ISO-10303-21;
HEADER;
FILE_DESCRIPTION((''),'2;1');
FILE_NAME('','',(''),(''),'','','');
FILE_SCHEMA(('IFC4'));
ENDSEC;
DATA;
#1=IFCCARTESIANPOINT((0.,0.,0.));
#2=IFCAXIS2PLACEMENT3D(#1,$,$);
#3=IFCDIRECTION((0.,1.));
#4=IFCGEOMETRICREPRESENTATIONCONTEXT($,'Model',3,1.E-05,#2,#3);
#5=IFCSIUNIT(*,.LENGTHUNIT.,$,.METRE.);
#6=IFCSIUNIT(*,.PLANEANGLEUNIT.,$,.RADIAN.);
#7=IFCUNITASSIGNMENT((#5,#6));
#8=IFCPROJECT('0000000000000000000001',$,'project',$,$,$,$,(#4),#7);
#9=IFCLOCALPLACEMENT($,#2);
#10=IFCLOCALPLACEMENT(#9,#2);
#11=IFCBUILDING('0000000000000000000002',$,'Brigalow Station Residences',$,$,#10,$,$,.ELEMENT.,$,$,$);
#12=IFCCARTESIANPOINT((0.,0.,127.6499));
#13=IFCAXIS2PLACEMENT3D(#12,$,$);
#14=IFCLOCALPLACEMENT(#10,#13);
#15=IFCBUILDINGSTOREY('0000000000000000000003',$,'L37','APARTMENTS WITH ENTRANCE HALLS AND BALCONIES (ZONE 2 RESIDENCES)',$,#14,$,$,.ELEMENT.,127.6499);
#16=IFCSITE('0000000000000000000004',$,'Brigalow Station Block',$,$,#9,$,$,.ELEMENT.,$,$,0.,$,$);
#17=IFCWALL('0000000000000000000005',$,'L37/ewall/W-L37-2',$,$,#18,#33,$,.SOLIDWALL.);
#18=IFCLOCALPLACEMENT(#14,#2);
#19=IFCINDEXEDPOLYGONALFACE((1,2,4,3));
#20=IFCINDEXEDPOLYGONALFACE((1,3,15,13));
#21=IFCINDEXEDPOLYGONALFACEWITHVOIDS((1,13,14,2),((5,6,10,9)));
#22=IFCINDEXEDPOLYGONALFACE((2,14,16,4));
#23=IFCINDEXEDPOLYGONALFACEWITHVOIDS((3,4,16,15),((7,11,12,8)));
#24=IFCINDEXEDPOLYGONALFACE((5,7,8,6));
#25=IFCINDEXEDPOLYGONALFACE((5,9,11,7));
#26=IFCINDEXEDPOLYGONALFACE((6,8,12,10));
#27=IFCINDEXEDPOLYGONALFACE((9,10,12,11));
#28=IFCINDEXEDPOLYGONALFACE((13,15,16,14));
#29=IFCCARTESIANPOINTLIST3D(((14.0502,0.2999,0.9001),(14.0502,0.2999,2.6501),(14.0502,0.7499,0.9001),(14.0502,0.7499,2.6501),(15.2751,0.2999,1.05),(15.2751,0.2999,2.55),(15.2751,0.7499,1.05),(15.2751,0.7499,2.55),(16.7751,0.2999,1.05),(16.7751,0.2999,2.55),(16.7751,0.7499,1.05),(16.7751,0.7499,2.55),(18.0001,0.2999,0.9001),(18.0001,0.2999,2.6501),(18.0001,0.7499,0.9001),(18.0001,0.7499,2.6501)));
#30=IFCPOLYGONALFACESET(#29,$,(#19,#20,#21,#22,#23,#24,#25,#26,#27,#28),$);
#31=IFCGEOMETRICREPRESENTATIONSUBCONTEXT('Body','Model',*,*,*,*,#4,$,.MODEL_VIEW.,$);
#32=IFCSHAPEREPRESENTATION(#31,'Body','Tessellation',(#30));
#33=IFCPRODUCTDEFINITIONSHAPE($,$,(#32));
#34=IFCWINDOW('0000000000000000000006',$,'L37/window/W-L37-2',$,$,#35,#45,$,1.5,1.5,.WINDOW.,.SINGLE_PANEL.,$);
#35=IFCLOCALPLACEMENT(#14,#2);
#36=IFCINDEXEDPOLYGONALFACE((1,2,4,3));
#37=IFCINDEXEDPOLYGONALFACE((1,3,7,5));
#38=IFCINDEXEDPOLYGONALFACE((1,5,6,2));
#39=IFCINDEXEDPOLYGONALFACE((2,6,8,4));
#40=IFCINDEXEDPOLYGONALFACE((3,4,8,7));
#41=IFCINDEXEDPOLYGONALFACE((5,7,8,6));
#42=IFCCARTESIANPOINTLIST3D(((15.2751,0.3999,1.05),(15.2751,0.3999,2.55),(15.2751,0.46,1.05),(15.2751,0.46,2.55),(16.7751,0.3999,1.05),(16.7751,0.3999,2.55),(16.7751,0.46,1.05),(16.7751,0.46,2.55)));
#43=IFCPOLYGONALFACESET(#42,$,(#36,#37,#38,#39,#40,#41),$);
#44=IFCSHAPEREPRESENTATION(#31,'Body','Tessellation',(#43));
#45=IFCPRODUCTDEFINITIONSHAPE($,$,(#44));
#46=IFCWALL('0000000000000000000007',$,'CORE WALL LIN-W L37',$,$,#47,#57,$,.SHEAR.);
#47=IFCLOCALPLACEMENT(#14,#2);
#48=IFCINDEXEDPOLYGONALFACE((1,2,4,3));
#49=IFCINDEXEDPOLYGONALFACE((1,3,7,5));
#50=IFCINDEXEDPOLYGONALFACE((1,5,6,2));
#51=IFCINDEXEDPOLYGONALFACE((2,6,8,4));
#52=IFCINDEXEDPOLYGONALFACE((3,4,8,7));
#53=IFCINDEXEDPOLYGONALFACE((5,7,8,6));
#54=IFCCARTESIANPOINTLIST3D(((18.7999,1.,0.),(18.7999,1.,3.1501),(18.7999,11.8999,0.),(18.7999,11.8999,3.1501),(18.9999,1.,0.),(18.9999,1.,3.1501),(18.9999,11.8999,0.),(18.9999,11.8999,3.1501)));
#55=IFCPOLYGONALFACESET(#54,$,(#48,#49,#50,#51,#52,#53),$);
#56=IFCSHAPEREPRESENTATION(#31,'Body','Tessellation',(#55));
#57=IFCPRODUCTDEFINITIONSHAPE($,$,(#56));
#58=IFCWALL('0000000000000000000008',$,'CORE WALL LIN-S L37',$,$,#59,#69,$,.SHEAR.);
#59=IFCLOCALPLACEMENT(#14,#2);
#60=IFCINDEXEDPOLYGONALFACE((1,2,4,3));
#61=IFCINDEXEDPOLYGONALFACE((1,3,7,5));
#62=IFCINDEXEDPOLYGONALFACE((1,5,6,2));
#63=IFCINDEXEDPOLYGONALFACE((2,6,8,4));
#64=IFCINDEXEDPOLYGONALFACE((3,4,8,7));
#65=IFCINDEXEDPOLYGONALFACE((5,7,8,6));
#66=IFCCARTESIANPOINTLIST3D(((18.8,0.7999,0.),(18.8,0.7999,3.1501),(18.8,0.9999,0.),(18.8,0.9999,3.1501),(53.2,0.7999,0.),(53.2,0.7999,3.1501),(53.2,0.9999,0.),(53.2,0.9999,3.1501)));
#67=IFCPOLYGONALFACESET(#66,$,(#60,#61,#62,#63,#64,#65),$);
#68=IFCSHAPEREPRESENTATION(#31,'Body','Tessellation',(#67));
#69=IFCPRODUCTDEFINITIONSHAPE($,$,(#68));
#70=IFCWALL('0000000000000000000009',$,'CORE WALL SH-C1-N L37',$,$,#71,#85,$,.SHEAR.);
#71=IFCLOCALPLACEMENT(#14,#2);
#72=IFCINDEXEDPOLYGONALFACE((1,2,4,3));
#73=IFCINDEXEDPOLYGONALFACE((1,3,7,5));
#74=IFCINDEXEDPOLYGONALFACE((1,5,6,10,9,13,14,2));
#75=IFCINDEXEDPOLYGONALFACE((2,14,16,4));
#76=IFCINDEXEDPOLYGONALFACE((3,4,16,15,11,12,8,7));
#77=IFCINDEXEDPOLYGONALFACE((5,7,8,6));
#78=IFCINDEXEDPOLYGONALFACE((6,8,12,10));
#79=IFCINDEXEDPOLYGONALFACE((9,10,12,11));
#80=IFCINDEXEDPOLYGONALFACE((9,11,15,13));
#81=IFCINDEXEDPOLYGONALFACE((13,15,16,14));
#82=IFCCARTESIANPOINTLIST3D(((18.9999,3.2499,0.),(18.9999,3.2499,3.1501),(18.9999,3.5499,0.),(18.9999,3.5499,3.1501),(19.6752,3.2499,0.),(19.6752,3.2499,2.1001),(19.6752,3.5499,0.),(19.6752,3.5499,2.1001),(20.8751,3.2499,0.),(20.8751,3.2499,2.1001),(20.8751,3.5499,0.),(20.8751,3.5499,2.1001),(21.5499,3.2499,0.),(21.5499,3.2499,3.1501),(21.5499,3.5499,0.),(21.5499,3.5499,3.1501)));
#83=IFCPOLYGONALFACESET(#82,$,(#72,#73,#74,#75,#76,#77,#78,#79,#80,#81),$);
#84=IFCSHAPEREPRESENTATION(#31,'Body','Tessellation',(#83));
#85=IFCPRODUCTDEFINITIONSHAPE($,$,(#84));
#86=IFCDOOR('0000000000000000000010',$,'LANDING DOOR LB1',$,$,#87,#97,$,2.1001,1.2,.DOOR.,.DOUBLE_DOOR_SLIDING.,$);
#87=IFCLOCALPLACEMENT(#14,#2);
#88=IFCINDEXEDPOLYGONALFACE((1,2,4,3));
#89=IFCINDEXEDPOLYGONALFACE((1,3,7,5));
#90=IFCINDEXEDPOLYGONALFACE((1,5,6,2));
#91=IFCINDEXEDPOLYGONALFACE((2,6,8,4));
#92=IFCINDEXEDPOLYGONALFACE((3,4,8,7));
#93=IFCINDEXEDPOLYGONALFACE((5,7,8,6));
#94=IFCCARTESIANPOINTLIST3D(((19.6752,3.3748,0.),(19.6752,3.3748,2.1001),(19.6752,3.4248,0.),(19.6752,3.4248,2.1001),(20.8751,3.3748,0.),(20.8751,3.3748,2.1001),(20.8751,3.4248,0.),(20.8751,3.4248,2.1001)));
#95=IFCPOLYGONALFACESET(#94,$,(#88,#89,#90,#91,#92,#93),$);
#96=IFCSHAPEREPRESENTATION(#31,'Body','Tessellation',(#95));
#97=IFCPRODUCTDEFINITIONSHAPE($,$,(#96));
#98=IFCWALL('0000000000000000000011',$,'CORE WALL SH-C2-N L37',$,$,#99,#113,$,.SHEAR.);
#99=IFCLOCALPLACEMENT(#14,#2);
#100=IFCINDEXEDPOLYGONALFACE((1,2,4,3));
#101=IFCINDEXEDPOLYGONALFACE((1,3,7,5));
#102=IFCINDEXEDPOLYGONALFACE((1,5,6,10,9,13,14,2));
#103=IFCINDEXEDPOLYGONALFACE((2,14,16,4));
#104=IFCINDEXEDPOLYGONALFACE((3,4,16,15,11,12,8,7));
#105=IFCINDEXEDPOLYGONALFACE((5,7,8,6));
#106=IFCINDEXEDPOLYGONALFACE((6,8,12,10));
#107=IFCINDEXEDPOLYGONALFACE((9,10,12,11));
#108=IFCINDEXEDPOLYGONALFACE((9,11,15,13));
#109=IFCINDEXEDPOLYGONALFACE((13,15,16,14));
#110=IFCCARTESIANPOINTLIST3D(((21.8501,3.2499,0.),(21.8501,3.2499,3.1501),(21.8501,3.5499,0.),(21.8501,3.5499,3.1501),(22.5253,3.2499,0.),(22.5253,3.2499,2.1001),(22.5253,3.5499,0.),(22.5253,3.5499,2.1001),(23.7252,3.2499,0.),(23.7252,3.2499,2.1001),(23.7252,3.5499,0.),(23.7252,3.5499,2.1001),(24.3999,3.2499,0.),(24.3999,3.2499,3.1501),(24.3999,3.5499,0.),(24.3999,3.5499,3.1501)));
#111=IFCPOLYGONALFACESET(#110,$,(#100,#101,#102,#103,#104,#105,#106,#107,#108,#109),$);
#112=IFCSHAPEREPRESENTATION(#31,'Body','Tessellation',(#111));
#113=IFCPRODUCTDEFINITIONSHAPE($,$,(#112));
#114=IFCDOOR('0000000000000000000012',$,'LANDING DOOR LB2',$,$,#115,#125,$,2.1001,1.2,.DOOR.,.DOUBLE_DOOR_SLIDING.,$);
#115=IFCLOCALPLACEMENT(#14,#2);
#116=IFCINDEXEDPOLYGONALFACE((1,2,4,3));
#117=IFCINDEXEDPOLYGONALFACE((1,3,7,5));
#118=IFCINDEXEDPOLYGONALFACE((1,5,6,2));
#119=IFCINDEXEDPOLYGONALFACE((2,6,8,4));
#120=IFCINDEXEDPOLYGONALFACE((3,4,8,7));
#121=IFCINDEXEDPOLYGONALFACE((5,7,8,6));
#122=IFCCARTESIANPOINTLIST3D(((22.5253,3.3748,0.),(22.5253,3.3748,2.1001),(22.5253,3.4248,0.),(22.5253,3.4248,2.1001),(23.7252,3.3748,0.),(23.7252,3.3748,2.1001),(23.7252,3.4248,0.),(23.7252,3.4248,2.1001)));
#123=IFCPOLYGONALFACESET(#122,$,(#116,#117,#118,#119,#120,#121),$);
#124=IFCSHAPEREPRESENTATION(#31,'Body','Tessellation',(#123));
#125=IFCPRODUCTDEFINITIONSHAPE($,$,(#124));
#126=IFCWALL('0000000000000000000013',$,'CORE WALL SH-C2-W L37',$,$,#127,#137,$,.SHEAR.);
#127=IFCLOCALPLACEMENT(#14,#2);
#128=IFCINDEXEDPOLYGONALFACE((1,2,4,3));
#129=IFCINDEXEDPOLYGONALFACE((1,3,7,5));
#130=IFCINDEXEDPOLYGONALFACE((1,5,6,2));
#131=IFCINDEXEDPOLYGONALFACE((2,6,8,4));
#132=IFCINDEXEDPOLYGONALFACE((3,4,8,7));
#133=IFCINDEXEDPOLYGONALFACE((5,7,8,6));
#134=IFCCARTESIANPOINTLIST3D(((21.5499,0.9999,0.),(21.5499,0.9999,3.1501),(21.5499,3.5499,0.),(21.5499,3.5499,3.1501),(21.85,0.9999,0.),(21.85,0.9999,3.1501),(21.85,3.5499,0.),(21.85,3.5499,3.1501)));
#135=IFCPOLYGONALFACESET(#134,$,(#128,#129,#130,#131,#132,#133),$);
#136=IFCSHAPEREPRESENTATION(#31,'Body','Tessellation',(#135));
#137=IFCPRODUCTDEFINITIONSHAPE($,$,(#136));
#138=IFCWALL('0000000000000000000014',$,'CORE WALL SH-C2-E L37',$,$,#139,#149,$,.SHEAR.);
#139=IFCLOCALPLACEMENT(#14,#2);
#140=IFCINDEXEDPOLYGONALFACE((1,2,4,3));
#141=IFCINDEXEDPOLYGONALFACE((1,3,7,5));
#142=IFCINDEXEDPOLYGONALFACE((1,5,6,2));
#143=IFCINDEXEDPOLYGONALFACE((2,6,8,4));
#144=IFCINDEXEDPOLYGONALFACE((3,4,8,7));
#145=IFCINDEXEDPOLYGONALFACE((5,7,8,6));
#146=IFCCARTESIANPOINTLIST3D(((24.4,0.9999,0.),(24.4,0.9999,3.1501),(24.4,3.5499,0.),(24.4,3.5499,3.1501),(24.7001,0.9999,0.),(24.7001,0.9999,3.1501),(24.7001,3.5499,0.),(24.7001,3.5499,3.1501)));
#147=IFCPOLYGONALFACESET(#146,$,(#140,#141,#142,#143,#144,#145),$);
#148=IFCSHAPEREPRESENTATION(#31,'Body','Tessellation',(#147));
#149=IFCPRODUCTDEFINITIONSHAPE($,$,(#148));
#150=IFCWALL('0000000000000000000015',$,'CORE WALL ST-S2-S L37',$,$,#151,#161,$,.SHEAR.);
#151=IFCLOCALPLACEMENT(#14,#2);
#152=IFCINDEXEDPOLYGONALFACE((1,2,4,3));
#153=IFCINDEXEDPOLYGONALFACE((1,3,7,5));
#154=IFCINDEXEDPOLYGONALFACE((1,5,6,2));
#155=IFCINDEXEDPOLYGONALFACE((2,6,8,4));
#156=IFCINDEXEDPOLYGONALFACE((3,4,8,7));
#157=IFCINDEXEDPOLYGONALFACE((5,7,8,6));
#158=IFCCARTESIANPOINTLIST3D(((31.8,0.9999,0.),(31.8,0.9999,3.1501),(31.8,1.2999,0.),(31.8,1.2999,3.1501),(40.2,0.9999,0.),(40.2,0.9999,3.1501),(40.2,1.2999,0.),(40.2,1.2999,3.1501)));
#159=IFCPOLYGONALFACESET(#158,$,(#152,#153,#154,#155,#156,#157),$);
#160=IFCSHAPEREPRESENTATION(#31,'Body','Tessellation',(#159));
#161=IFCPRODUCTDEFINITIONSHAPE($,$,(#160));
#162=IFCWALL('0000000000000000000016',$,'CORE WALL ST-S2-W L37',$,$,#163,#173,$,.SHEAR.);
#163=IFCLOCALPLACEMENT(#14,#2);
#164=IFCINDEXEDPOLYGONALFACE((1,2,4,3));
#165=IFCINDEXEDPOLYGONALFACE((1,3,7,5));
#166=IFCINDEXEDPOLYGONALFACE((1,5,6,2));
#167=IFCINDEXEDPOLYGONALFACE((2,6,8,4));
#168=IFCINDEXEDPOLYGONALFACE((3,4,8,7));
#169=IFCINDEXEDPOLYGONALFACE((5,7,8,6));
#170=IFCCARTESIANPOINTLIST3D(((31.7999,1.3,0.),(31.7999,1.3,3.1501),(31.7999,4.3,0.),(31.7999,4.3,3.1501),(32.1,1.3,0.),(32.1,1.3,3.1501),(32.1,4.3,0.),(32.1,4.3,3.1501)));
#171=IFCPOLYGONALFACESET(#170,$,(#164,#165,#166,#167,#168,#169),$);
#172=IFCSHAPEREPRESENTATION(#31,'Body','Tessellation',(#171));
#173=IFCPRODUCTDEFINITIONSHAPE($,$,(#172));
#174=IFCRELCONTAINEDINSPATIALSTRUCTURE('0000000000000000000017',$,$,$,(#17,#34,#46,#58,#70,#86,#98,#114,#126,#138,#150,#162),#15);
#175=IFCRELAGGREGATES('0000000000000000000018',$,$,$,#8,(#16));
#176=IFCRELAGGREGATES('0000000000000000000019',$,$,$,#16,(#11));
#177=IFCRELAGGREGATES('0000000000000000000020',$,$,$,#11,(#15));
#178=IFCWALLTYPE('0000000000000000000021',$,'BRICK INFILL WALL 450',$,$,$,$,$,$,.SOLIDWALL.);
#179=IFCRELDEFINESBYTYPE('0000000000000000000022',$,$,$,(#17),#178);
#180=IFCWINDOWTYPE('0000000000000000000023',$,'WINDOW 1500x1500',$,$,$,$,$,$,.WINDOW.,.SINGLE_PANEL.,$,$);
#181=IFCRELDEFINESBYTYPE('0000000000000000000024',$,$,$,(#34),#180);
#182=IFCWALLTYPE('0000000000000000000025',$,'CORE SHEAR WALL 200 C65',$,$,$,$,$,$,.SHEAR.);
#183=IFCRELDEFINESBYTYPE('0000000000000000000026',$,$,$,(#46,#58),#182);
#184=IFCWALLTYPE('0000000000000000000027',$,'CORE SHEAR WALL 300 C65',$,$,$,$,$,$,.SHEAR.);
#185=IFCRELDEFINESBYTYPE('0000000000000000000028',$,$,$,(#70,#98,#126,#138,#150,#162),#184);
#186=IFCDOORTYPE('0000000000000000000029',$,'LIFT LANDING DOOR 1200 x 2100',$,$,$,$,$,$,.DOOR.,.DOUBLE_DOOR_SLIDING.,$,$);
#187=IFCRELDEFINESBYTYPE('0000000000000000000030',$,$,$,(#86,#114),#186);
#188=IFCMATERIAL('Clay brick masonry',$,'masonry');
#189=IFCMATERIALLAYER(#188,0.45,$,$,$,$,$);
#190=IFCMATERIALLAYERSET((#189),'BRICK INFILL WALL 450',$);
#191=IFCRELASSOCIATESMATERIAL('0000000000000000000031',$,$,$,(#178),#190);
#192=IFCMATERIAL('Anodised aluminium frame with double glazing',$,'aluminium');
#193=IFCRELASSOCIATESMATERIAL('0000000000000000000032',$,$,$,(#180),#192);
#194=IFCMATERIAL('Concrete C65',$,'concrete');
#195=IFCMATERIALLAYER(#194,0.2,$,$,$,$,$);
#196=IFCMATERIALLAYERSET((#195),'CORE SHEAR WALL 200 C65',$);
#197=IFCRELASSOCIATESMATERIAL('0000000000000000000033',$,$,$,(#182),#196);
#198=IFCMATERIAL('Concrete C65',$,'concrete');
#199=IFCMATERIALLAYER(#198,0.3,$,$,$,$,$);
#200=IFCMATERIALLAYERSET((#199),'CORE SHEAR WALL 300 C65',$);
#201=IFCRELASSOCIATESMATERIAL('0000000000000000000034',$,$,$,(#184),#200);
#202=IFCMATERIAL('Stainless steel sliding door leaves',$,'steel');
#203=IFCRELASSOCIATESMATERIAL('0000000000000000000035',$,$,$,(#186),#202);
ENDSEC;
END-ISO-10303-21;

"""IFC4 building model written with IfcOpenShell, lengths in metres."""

from ifc_helpers import new_model, si_unit, direction, frame, frame_2d, origin, place, context, subcontext, project, spatial, rectangle, extrude, material, layer, layer_set, type_object, element, fill, save


model = new_model("IFC4")

# Units and contexts
model_context = context("Model", 3, precision=1e-05, world=origin(), true_north=direction((0.0, 1.0)))
body_context = subcontext(model_context, "Body", "Model", "MODEL_VIEW")
ifc_project = project(units=[si_unit("LENGTHUNIT", "METRE"), si_unit("PLANEANGLEUNIT", "RADIAN")], contexts=[model_context])

# Site, building, storey
site_placement = place(None, origin())
site = spatial("IfcSite", under=ifc_project, at=site_placement, Name="Brigalow Station Block", CompositionType="ELEMENT", RefElevation=0.0)
building_placement = place(site_placement, origin())
building = spatial("IfcBuilding", under=site, at=building_placement, Name="Brigalow Station Residences", CompositionType="ELEMENT")
storey_placement = place(building_placement, frame((0.0, 0.0, 127.6499)))
storey = spatial("IfcBuildingStorey", under=building, at=storey_placement, Name="L37", Description="APARTMENTS WITH ENTRANCE HALLS AND BALCONIES (ZONE 2 RESIDENCES)", CompositionType="ELEMENT", Elevation=127.6499)

# Wall, opening, window
ifc_material_1 = material(Name="Clay brick masonry", Category="masonry")
ifc_layer_1 = layer(ifc_material_1, 0.45)
ifc_layer_set_1 = layer_set([ifc_layer_1], Name="BRICK INFILL WALL 450")
wall_type_1 = type_object("IfcWallType", Name="BRICK INFILL WALL 450", PredefinedType="SOLIDWALL", material=ifc_layer_set_1)
wall_1_placement = place(storey_placement, frame((14.05, 0.5249, 0.9001), z_axis=(0.0, 0.0, 1.0), x_axis=(1.0, 0.0, 0.0)))
wall_1 = element("IfcWall", 1, at=wall_1_placement, inside=storey, type_object=wall_type_1, Name="L37/ewall/W-L37-2", PredefinedType="SOLIDWALL", context=body_context, shape_type="SweptSolid", body=[
    extrude(rectangle(XDim=3.95, YDim=0.45, at=frame_2d((1.9751, 0.0))), origin(), (0.0, 0.0, 1.0), 1.75),
])
opening_1_placement = place(wall_1_placement, frame((1.2251, 0.0, 0.1499)))
opening_1 = element("IfcOpeningElement", 2, at=opening_1_placement, cuts=wall_1, PredefinedType="OPENING", context=body_context, shape_type="SweptSolid", body=[
    extrude(rectangle(XDim=1.5, YDim=1.5, at=frame_2d((0.75, 0.75))), frame((0.0, 0.2349, 0.0), z_axis=(0.0, -1.0, 0.0), x_axis=(1.0, 0.0, 0.0)), (0.0, 0.0, 1.0), 0.47),
])
ifc_material_2 = material(Name="Anodised aluminium frame with double glazing", Category="aluminium")
window_type = type_object("IfcWindowType", Name="WINDOW 1500x1500", PartitioningType="SINGLE_PANEL", PredefinedType="WINDOW", material=ifc_material_2)
window_placement = place(opening_1_placement, origin())
window = element("IfcWindow", 3, at=window_placement, inside=storey, type_object=window_type, Name="L37/window/W-L37-2", OverallHeight=1.5, OverallWidth=1.5, PartitioningType="SINGLE_PANEL", PredefinedType="WINDOW", context=body_context, shape_type="SweptSolid", body=[
    extrude(rectangle(XDim=1.5, YDim=1.5, at=frame_2d((0.75, 0.75))), frame((0.0, -0.0649, 0.0), z_axis=(0.0, -1.0, 0.0), x_axis=(1.0, 0.0, 0.0)), (0.0, 0.0, 1.0), 0.0601),
])
fill(opening_1, window)

# Walls
ifc_material_3 = material(Name="Concrete C65", Category="concrete")
ifc_layer_2 = layer(ifc_material_3, 0.2)
ifc_layer_set_2 = layer_set([ifc_layer_2], Name="CORE SHEAR WALL 200 C65")
wall_type_2 = type_object("IfcWallType", Name="CORE SHEAR WALL 200 C65", PredefinedType="SHEAR", material=ifc_layer_set_2)
wall_2_placement = place(storey_placement, frame((18.8999, 1.0, 0.0), z_axis=(0.0, 0.0, 1.0), x_axis=(0.0, 1.0, 0.0)))
element("IfcWall", 4, at=wall_2_placement, inside=storey, type_object=wall_type_2, Name="CORE WALL LIN-W L37", PredefinedType="SHEAR", context=body_context, shape_type="SweptSolid", body=[
    extrude(rectangle(XDim=10.8999, YDim=0.2, at=frame_2d((5.45, 0.0))), origin(), (0.0, 0.0, 1.0), 3.1501),
])
wall_3_placement = place(storey_placement, frame((18.8, 0.8999, 0.0), z_axis=(0.0, 0.0, 1.0), x_axis=(1.0, 0.0, 0.0)))
element("IfcWall", 5, at=wall_3_placement, inside=storey, type_object=wall_type_2, Name="CORE WALL LIN-S L37", PredefinedType="SHEAR", context=body_context, shape_type="SweptSolid", body=[
    extrude(rectangle(XDim=34.3999, YDim=0.2, at=frame_2d((17.2, 0.0))), origin(), (0.0, 0.0, 1.0), 3.1501),
])

# Walls, openings, doors
ifc_material_4 = material(Name="Concrete C65", Category="concrete")
ifc_layer_3 = layer(ifc_material_4, 0.3)
ifc_layer_set_3 = layer_set([ifc_layer_3], Name="CORE SHEAR WALL 300 C65")
wall_type_3 = type_object("IfcWallType", Name="CORE SHEAR WALL 300 C65", PredefinedType="SHEAR", material=ifc_layer_set_3)
wall_4_placement = place(storey_placement, frame((19.0, 3.3999, 0.0), z_axis=(0.0, 0.0, 1.0), x_axis=(1.0, 0.0, 0.0)))
wall_4 = element("IfcWall", 6, at=wall_4_placement, inside=storey, type_object=wall_type_3, Name="CORE WALL SH-C1-N L37", PredefinedType="SHEAR", context=body_context, shape_type="SweptSolid", body=[
    extrude(rectangle(XDim=2.55, YDim=0.3, at=frame_2d((1.2749, 0.0))), origin(), (0.0, 0.0, 1.0), 3.1501),
])
opening_2_placement = place(wall_4_placement, frame((0.675, 0.0, 0.0)))
opening_2 = element("IfcOpeningElement", 7, at=opening_2_placement, cuts=wall_4, PredefinedType="OPENING", context=body_context, shape_type="SweptSolid", body=[
    extrude(rectangle(XDim=1.2, YDim=2.1001, at=frame_2d((0.6001, 1.05))), frame((0.0, 0.1602, 0.0), z_axis=(0.0, -1.0, 0.0), x_axis=(1.0, 0.0, 0.0)), (0.0, 0.0, 1.0), 0.3201),
])
ifc_material_5 = material(Name="Stainless steel sliding door leaves", Category="steel")
door_type = type_object("IfcDoorType", Name="LIFT LANDING DOOR 1200 x 2100", OperationType="DOUBLE_DOOR_SLIDING", PredefinedType="DOOR", material=ifc_material_5)
door_1_placement = place(opening_2_placement, origin())
door_1 = element("IfcDoor", 8, at=door_1_placement, inside=storey, type_object=door_type, Name="LANDING DOOR LB1", OperationType="DOUBLE_DOOR_SLIDING", OverallHeight=2.1001, OverallWidth=1.2, PredefinedType="DOOR", context=body_context, shape_type="SweptSolid", body=[
    extrude(rectangle(XDim=1.2, YDim=2.1001, at=frame_2d((0.6001, 1.05))), frame((0.0, 0.0249, 0.0), z_axis=(0.0, -1.0, 0.0), x_axis=(1.0, 0.0, 0.0)), (0.0, 0.0, 1.0), 0.05),
])
fill(opening_2, door_1)
wall_5_placement = place(storey_placement, frame((21.8501, 3.3999, 0.0), z_axis=(0.0, 0.0, 1.0), x_axis=(1.0, 0.0, 0.0)))
wall_5 = element("IfcWall", 9, at=wall_5_placement, inside=storey, type_object=wall_type_3, Name="CORE WALL SH-C2-N L37", PredefinedType="SHEAR", context=body_context, shape_type="SweptSolid", body=[
    extrude(rectangle(XDim=2.5498, YDim=0.3, at=frame_2d((1.2749, 0.0))), origin(), (0.0, 0.0, 1.0), 3.1501),
])
opening_3_placement = place(wall_5_placement, frame((0.675, 0.0, 0.0)))
opening_3 = element("IfcOpeningElement", 10, at=opening_3_placement, cuts=wall_5, PredefinedType="OPENING", context=body_context, shape_type="SweptSolid", body=[
    extrude(rectangle(XDim=1.2, YDim=2.1001, at=frame_2d((0.6001, 1.05))), frame((0.0, 0.1602, 0.0), z_axis=(0.0, -1.0, 0.0), x_axis=(1.0, 0.0, 0.0)), (0.0, 0.0, 1.0), 0.3201),
])
door_2_placement = place(opening_3_placement, origin())
door_2 = element("IfcDoor", 11, at=door_2_placement, inside=storey, type_object=door_type, Name="LANDING DOOR LB2", OperationType="DOUBLE_DOOR_SLIDING", OverallHeight=2.1001, OverallWidth=1.2, PredefinedType="DOOR", context=body_context, shape_type="SweptSolid", body=[
    extrude(rectangle(XDim=1.2, YDim=2.1001, at=frame_2d((0.6001, 1.05))), frame((0.0, 0.0249, 0.0), z_axis=(0.0, -1.0, 0.0), x_axis=(1.0, 0.0, 0.0)), (0.0, 0.0, 1.0), 0.05),
])
fill(opening_3, door_2)

# Walls
for number, where, z_axis, x_axis, name in (
    (12, (21.7, 1.0, 0.0), (0.0, 0.0, 1.0), (0.0, 1.0, 0.0), "CORE WALL SH-C2-W L37"),
    (13, (24.55, 1.0, 0.0), (0.0, 0.0, 1.0), (0.0, 1.0, 0.0), "CORE WALL SH-C2-E L37"),
):
    element("IfcWall", number, at=place(storey_placement, frame(where, z_axis=z_axis, x_axis=x_axis)), inside=storey, type_object=wall_type_3, Name=name, PredefinedType="SHEAR", context=body_context, shape_type="SweptSolid", body=[
        extrude(rectangle(XDim=2.55, YDim=0.3, at=frame_2d((1.2749, 0.0))), origin(), (0.0, 0.0, 1.0), 3.1501),
    ])
wall_6_placement = place(storey_placement, frame((31.8, 1.1499, 0.0), z_axis=(0.0, 0.0, 1.0), x_axis=(1.0, 0.0, 0.0)))
element("IfcWall", 14, at=wall_6_placement, inside=storey, type_object=wall_type_3, Name="CORE WALL ST-S2-S L37", PredefinedType="SHEAR", context=body_context, shape_type="SweptSolid", body=[
    extrude(rectangle(XDim=8.3999, YDim=0.3, at=frame_2d((4.2, 0.0))), origin(), (0.0, 0.0, 1.0), 3.1501),
])
wall_7_placement = place(storey_placement, frame((31.95, 1.3, 0.0), z_axis=(0.0, 0.0, 1.0), x_axis=(0.0, 1.0, 0.0)))
element("IfcWall", 15, at=wall_7_placement, inside=storey, type_object=wall_type_3, Name="CORE WALL ST-S2-W L37", PredefinedType="SHEAR", context=body_context, shape_type="SweptSolid", body=[
    extrude(rectangle(XDim=3.0, YDim=0.3, at=frame_2d((1.5, 0.0))), origin(), (0.0, 0.0, 1.0), 3.1501),
])

save(model, "model.ifc")
